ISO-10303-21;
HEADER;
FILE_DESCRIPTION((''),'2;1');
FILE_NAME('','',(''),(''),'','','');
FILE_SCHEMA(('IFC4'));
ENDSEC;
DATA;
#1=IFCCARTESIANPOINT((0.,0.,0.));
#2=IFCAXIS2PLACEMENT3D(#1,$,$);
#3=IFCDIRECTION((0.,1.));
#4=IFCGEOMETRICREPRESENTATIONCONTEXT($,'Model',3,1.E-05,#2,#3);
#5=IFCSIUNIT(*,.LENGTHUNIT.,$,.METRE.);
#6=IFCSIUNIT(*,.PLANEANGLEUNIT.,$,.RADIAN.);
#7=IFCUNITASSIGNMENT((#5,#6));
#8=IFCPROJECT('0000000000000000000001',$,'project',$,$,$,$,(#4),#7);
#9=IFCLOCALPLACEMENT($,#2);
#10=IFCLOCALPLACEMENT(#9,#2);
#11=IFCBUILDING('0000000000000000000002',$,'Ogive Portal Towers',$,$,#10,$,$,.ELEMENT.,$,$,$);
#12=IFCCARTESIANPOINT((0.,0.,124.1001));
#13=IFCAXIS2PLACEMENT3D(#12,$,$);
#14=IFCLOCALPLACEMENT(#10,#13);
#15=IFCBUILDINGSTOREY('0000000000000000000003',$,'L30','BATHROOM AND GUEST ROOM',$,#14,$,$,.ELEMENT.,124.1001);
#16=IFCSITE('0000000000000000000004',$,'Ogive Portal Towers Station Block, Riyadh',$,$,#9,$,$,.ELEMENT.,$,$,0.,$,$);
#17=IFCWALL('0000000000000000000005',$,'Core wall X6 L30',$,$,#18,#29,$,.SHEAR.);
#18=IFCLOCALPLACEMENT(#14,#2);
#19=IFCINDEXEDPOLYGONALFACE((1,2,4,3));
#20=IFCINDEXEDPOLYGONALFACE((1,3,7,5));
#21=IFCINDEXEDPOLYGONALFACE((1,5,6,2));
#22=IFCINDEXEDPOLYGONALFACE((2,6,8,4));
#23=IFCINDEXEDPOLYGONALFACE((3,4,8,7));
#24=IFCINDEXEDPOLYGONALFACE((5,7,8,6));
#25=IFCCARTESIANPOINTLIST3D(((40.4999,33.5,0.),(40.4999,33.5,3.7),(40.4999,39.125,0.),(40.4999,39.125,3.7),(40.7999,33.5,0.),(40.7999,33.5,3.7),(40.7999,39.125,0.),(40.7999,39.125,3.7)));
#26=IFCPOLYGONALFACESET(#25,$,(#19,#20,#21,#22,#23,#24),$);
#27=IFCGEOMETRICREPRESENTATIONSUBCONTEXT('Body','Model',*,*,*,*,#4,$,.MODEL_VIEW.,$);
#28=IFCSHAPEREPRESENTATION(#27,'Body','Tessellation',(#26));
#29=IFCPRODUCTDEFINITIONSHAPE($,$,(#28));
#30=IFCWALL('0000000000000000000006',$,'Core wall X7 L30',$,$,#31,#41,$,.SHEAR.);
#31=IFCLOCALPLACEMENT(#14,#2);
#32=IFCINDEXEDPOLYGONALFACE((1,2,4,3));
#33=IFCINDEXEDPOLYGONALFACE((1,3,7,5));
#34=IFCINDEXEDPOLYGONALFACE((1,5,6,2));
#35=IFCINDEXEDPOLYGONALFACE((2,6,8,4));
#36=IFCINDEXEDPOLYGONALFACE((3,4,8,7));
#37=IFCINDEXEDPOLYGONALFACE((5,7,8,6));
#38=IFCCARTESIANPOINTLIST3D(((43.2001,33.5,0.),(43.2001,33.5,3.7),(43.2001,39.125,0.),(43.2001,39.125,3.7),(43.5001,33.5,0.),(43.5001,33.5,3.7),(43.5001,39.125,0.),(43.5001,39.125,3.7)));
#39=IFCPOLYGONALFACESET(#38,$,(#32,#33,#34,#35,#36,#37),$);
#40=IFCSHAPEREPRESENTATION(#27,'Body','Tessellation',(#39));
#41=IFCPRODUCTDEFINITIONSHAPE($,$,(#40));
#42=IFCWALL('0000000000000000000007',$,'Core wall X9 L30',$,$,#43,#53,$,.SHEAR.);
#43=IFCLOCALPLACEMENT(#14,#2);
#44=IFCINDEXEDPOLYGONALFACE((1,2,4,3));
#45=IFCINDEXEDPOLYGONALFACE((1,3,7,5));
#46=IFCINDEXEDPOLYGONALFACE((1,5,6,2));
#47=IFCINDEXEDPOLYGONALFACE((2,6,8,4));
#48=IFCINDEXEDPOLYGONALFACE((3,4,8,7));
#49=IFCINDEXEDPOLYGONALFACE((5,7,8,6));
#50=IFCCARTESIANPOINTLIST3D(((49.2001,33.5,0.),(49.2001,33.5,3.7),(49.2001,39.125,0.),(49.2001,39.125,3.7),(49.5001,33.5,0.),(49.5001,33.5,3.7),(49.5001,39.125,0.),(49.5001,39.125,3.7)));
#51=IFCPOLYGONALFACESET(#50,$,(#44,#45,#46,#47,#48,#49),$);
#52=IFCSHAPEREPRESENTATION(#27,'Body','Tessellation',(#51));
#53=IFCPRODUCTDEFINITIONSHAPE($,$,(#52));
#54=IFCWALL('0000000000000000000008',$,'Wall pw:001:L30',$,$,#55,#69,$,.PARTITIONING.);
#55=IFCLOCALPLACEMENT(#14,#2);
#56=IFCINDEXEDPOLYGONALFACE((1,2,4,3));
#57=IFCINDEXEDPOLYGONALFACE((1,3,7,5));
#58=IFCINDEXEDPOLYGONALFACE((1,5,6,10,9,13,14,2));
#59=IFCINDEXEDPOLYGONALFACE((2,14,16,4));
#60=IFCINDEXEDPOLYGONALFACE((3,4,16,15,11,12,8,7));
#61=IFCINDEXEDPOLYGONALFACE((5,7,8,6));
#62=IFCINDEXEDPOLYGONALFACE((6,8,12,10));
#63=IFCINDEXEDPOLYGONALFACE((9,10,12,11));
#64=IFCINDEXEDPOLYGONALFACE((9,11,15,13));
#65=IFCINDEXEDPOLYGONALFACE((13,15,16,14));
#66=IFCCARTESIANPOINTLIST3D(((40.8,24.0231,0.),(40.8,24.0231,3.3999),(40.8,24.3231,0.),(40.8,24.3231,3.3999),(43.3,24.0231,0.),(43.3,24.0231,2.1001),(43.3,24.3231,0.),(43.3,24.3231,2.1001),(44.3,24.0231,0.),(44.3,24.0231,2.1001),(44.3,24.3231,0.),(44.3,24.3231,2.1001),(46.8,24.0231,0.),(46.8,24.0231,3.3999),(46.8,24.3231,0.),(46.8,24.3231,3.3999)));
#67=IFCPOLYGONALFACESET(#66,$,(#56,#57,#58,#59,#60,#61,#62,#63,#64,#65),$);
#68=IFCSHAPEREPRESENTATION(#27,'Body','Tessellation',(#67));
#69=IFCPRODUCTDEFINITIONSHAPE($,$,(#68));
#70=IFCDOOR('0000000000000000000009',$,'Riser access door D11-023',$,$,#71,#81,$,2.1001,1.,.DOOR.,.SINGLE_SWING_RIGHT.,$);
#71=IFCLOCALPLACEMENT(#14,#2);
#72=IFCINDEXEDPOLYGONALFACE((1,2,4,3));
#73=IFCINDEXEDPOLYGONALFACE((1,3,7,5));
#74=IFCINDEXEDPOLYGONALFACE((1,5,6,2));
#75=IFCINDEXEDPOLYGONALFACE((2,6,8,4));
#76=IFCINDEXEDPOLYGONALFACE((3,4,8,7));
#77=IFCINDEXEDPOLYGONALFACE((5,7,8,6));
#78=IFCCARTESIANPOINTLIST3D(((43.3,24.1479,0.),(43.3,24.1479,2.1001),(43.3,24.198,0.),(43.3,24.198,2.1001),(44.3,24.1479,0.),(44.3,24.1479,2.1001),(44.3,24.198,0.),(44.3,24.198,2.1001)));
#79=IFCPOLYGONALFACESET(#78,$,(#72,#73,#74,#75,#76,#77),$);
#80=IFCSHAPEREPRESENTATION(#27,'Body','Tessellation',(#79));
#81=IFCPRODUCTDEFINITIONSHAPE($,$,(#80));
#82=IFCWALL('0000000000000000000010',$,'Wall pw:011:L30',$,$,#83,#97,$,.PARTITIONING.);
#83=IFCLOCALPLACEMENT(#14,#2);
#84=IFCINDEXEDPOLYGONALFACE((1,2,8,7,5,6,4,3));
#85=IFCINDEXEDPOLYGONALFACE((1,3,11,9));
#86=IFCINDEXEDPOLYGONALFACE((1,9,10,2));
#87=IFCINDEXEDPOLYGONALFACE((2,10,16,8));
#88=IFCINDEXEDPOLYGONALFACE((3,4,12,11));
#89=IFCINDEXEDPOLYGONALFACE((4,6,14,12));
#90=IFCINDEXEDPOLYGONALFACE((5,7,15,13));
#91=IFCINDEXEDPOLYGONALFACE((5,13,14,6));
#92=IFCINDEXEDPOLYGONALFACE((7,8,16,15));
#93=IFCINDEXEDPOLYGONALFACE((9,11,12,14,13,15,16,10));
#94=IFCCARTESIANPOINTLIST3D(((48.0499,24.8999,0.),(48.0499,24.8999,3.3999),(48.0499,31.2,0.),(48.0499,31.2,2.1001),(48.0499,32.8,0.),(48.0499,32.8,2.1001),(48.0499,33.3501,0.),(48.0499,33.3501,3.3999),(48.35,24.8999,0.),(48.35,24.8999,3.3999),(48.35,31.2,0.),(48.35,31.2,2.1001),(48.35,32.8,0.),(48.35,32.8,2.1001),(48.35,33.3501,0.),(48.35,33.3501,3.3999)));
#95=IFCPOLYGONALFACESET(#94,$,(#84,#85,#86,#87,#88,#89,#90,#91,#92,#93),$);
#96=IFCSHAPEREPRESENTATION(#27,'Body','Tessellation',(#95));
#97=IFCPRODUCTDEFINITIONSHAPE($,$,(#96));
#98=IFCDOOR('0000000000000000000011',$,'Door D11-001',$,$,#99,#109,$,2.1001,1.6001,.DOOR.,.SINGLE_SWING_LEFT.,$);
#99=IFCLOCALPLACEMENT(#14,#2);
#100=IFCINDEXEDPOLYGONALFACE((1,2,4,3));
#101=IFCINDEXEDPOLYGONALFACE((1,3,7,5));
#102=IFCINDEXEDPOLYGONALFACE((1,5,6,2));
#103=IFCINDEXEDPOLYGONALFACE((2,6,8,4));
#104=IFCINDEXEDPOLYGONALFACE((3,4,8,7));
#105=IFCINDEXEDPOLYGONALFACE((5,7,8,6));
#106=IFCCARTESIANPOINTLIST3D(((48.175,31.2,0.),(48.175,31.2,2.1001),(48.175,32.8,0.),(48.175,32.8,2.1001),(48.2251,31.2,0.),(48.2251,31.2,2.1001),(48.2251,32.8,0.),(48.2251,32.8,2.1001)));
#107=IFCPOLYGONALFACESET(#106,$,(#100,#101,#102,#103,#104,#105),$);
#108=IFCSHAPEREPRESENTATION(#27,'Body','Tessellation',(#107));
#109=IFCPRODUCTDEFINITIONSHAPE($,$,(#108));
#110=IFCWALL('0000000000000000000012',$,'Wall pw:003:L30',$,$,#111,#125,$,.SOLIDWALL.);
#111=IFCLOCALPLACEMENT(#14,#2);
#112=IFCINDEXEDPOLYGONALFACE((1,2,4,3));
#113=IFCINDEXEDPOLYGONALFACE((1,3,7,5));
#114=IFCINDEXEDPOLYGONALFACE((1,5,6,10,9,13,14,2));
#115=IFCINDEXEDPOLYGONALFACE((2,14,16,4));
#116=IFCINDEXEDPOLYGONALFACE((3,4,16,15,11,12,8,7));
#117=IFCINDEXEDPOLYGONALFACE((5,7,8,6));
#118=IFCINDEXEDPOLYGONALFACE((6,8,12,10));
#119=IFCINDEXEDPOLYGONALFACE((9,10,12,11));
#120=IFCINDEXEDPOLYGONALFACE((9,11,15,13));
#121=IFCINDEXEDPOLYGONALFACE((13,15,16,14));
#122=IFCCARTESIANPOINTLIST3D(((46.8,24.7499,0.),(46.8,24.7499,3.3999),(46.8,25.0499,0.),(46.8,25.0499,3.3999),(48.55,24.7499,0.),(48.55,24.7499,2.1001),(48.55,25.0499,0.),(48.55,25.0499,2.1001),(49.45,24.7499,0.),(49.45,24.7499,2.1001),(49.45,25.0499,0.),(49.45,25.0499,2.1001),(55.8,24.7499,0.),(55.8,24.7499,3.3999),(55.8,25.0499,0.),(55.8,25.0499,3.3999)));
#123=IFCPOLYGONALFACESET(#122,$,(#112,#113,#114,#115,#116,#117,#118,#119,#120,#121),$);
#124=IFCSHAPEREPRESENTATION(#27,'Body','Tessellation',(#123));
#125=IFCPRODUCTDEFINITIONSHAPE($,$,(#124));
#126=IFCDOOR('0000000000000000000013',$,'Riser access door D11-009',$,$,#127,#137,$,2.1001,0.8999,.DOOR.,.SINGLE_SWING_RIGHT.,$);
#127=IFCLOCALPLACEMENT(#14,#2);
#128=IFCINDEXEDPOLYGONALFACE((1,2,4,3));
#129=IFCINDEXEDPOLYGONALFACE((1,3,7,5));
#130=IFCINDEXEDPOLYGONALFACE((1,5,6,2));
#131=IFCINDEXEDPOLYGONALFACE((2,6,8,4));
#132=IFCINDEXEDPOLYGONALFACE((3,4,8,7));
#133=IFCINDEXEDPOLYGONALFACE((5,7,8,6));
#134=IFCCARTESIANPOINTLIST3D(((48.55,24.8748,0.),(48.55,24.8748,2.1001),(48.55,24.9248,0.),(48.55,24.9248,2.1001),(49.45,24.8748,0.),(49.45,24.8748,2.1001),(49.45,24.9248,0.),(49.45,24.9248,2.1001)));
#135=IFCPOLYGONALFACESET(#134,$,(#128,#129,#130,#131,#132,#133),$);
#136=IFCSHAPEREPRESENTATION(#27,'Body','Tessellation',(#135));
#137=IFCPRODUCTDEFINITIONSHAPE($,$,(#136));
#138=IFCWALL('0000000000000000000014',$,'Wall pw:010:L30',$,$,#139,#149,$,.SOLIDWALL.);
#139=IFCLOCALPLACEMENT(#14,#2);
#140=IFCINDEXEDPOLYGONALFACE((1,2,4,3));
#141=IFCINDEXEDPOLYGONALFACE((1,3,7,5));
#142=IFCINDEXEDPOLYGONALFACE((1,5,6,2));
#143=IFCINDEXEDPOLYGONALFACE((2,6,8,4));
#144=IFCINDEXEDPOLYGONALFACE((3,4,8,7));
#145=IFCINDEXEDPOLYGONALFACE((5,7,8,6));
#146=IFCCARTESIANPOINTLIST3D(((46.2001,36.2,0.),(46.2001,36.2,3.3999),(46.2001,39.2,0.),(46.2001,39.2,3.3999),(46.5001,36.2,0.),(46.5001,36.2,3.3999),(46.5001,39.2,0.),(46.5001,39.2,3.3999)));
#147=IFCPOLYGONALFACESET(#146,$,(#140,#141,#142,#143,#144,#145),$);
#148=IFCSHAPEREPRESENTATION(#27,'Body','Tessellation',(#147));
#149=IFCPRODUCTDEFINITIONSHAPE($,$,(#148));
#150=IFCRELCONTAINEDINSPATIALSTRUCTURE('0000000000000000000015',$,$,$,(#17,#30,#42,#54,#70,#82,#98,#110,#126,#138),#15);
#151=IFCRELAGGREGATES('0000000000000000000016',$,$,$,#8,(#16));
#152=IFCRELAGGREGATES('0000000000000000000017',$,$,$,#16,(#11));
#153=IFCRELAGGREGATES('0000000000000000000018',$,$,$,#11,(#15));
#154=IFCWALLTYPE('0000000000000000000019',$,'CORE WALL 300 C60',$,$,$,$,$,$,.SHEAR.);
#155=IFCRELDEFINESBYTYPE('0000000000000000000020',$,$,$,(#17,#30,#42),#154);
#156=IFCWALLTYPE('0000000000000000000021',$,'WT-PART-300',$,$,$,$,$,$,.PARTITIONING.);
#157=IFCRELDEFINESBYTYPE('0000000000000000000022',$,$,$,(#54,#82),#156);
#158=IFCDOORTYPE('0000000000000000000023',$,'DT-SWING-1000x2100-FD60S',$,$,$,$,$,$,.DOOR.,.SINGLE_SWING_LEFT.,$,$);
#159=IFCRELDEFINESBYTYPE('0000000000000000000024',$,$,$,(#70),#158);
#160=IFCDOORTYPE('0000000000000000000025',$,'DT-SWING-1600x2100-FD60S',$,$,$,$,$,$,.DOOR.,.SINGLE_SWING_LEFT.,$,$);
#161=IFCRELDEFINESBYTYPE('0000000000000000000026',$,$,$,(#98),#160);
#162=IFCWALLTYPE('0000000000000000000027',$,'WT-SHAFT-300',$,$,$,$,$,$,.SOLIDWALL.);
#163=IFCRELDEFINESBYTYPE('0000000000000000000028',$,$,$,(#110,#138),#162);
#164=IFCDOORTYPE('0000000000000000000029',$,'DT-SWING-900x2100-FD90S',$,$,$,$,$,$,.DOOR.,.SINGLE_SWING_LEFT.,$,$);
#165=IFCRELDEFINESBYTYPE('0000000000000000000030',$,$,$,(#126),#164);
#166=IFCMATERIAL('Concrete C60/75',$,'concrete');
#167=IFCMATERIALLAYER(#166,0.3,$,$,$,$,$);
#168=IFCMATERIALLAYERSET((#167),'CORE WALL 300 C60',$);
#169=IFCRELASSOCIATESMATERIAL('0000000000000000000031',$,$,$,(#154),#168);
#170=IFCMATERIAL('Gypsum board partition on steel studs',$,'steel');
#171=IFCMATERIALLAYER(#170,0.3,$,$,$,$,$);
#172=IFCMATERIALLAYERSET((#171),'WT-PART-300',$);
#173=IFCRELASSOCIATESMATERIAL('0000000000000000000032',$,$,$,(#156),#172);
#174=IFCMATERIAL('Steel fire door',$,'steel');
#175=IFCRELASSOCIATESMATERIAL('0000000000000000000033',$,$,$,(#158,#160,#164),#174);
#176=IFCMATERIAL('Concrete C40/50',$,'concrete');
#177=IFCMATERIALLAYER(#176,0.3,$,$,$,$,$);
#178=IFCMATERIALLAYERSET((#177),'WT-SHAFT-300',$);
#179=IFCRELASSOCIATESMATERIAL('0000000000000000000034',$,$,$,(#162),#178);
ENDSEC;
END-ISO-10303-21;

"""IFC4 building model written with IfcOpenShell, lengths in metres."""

from ifc_helpers import new_model, si_unit, direction, frame, frame_2d, origin, place, context, subcontext, project, spatial, rectangle, extrude, material, layer, layer_set, type_object, element, fill, save


model = new_model("IFC4")

# Units and contexts
model_context = context("Model", 3, precision=1e-05, world=origin(), true_north=direction((0.0, 1.0)))
body_context = subcontext(model_context, "Body", "Model", "MODEL_VIEW")
ifc_project = project(units=[si_unit("LENGTHUNIT", "METRE"), si_unit("PLANEANGLEUNIT", "RADIAN")], contexts=[model_context])

# Site, building, storey
site_placement = place(None, origin())
site = spatial("IfcSite", under=ifc_project, at=site_placement, Name="Ogive Portal Towers Station Block, Riyadh", CompositionType="ELEMENT", RefElevation=0.0)
building_placement = place(site_placement, origin())
building = spatial("IfcBuilding", under=site, at=building_placement, Name="Ogive Portal Towers", CompositionType="ELEMENT")
storey_placement = place(building_placement, frame((0.0, 0.0, 124.1001)))
storey = spatial("IfcBuildingStorey", under=building, at=storey_placement, Name="L30", Description="BATHROOM AND GUEST ROOM", CompositionType="ELEMENT", Elevation=124.1001)

# Shared definitions
ifc_material_1 = material(Name="Concrete C60/75", Category="concrete")
ifc_layer_1 = layer(ifc_material_1, 0.3)
ifc_layer_set_1 = layer_set([ifc_layer_1], Name="CORE WALL 300 C60")
wall_type_1 = type_object("IfcWallType", Name="CORE WALL 300 C60", PredefinedType="SHEAR", material=ifc_layer_set_1)
ifc_material_2 = material(Name="Steel fire door", Category="steel")

# Walls
for number, where, z_axis, x_axis, name in (
    (1, (40.6499, 33.5, 0.0), (0.0, 0.0, 1.0), (0.0, 1.0, 0.0), "Core wall X6 L30"),
    (2, (43.3501, 33.5, 0.0), (0.0, 0.0, 1.0), (0.0, 1.0, 0.0), "Core wall X7 L30"),
):
    element("IfcWall", number, at=place(storey_placement, frame(where, z_axis=z_axis, x_axis=x_axis)), inside=storey, type_object=wall_type_1, Name=name, PredefinedType="SHEAR", context=body_context, shape_type="SweptSolid", body=[
        extrude(rectangle(XDim=5.625, YDim=0.3, at=frame_2d((2.8125, 0.0))), origin(), (0.0, 0.0, 1.0), 3.7),
    ])

# Wall
wall_1_placement = place(storey_placement, frame((49.3501, 33.5, 0.0), z_axis=(0.0, 0.0, 1.0), x_axis=(0.0, 1.0, 0.0)))
element("IfcWall", 3, at=wall_1_placement, inside=storey, type_object=wall_type_1, Name="Core wall X9 L30", PredefinedType="SHEAR", context=body_context, shape_type="SweptSolid", body=[
    extrude(rectangle(XDim=5.625, YDim=0.3, at=frame_2d((2.8125, 0.0))), origin(), (0.0, 0.0, 1.0), 3.7),
])

# Walls, openings, doors
ifc_material_3 = material(Name="Gypsum board partition on steel studs", Category="steel")
ifc_layer_2 = layer(ifc_material_3, 0.3)
ifc_layer_set_2 = layer_set([ifc_layer_2], Name="WT-PART-300")
wall_type_2 = type_object("IfcWallType", Name="WT-PART-300", PredefinedType="PARTITIONING", material=ifc_layer_set_2)
wall_2_placement = place(storey_placement, frame((40.8, 24.1731, 0.0), z_axis=(0.0, 0.0, 1.0), x_axis=(1.0, 0.0, 0.0)))
wall_2 = element("IfcWall", 4, at=wall_2_placement, inside=storey, type_object=wall_type_2, Name="Wall pw:001:L30", PredefinedType="PARTITIONING", context=body_context, shape_type="SweptSolid", body=[
    extrude(rectangle(XDim=6.0, YDim=0.3, at=frame_2d((3.0, 0.0))), origin(), (0.0, 0.0, 1.0), 3.3999),
])
opening_1_placement = place(wall_2_placement, frame((2.5, 0.0, 0.0)))
opening_1 = element("IfcOpeningElement", 5, at=opening_1_placement, cuts=wall_2, PredefinedType="OPENING", context=body_context, shape_type="SweptSolid", body=[
    extrude(rectangle(XDim=1.0, YDim=2.1001, at=frame_2d((0.5, 1.05))), frame((0.0, 0.1602, 0.0), z_axis=(0.0, -1.0, 0.0), x_axis=(1.0, 0.0, 0.0)), (0.0, 0.0, 1.0), 0.3201),
])
door_type_1 = type_object("IfcDoorType", Name="DT-SWING-1000x2100-FD60S", OperationType="SINGLE_SWING_LEFT", PredefinedType="DOOR", material=ifc_material_2)
door_1_placement = place(opening_1_placement, origin())
door_1 = element("IfcDoor", 6, at=door_1_placement, inside=storey, type_object=door_type_1, Name="Riser access door D11-023", OperationType="SINGLE_SWING_RIGHT", OverallHeight=2.1001, OverallWidth=1.0, PredefinedType="DOOR", context=body_context, shape_type="SweptSolid", body=[
    extrude(rectangle(XDim=1.0, YDim=2.1001, at=frame_2d((0.5, 1.05))), frame((0.0, 0.0249, 0.0), z_axis=(0.0, -1.0, 0.0), x_axis=(1.0, 0.0, 0.0)), (0.0, 0.0, 1.0), 0.05),
])
fill(opening_1, door_1)
wall_3_placement = place(storey_placement, frame((48.2, 24.8999, 0.0), z_axis=(0.0, 0.0, 1.0), x_axis=(0.0, 1.0, 0.0)))
wall_3 = element("IfcWall", 7, at=wall_3_placement, inside=storey, type_object=wall_type_2, Name="Wall pw:011:L30", PredefinedType="PARTITIONING", context=body_context, shape_type="SweptSolid", body=[
    extrude(rectangle(XDim=8.4502, YDim=0.3, at=frame_2d((4.2251, 0.0))), origin(), (0.0, 0.0, 1.0), 3.3999),
])
opening_2_placement = place(wall_3_placement, frame((6.3, 0.0, 0.0)))
opening_2 = element("IfcOpeningElement", 8, at=opening_2_placement, cuts=wall_3, PredefinedType="OPENING", context=body_context, shape_type="SweptSolid", body=[
    extrude(rectangle(XDim=1.6001, YDim=2.1001, at=frame_2d((0.8, 1.05))), frame((0.0, 0.1602, 0.0), z_axis=(0.0, -1.0, 0.0), x_axis=(1.0, 0.0, 0.0)), (0.0, 0.0, 1.0), 0.3201),
])
door_type_2 = type_object("IfcDoorType", Name="DT-SWING-1600x2100-FD60S", OperationType="SINGLE_SWING_LEFT", PredefinedType="DOOR", material=ifc_material_2)
door_2_placement = place(opening_2_placement, origin())
door_2 = element("IfcDoor", 9, at=door_2_placement, inside=storey, type_object=door_type_2, Name="Door D11-001", OperationType="SINGLE_SWING_LEFT", OverallHeight=2.1001, OverallWidth=1.6001, PredefinedType="DOOR", context=body_context, shape_type="SweptSolid", body=[
    extrude(rectangle(XDim=1.6001, YDim=2.1001, at=frame_2d((0.8, 1.05))), frame((0.0, 0.0249, 0.0), z_axis=(0.0, -1.0, 0.0), x_axis=(1.0, 0.0, 0.0)), (0.0, 0.0, 1.0), 0.05),
])
fill(opening_2, door_2)
ifc_material_4 = material(Name="Concrete C40/50", Category="concrete")
ifc_layer_3 = layer(ifc_material_4, 0.3)
ifc_layer_set_3 = layer_set([ifc_layer_3], Name="WT-SHAFT-300")
wall_type_3 = type_object("IfcWallType", Name="WT-SHAFT-300", PredefinedType="SOLIDWALL", material=ifc_layer_set_3)
wall_4_placement = place(storey_placement, frame((46.8, 24.8999, 0.0), z_axis=(0.0, 0.0, 1.0), x_axis=(1.0, 0.0, 0.0)))
wall_4 = element("IfcWall", 10, at=wall_4_placement, inside=storey, type_object=wall_type_3, Name="Wall pw:003:L30", PredefinedType="SOLIDWALL", context=body_context, shape_type="SweptSolid", body=[
    extrude(rectangle(XDim=9.0, YDim=0.3, at=frame_2d((4.5, 0.0))), origin(), (0.0, 0.0, 1.0), 3.3999),
])
opening_3_placement = place(wall_4_placement, frame((1.75, 0.0, 0.0)))
opening_3 = element("IfcOpeningElement", 11, at=opening_3_placement, cuts=wall_4, PredefinedType="OPENING", context=body_context, shape_type="SweptSolid", body=[
    extrude(rectangle(XDim=0.8999, YDim=2.1001, at=frame_2d((0.45, 1.05))), frame((0.0, 0.1602, 0.0), z_axis=(0.0, -1.0, 0.0), x_axis=(1.0, 0.0, 0.0)), (0.0, 0.0, 1.0), 0.3201),
])
door_type_3 = type_object("IfcDoorType", Name="DT-SWING-900x2100-FD90S", OperationType="SINGLE_SWING_LEFT", PredefinedType="DOOR", material=ifc_material_2)
door_3_placement = place(opening_3_placement, origin())
door_3 = element("IfcDoor", 12, at=door_3_placement, inside=storey, type_object=door_type_3, Name="Riser access door D11-009", OperationType="SINGLE_SWING_RIGHT", OverallHeight=2.1001, OverallWidth=0.8999, PredefinedType="DOOR", context=body_context, shape_type="SweptSolid", body=[
    extrude(rectangle(XDim=0.8999, YDim=2.1001, at=frame_2d((0.45, 1.05))), frame((0.0, 0.0249, 0.0), z_axis=(0.0, -1.0, 0.0), x_axis=(1.0, 0.0, 0.0)), (0.0, 0.0, 1.0), 0.05),
])
fill(opening_3, door_3)

# Wall
wall_5_placement = place(storey_placement, frame((46.3501, 36.2, 0.0), z_axis=(0.0, 0.0, 1.0), x_axis=(0.0, 1.0, 0.0)))
element("IfcWall", 13, at=wall_5_placement, inside=storey, type_object=wall_type_3, Name="Wall pw:010:L30", PredefinedType="SOLIDWALL", context=body_context, shape_type="SweptSolid", body=[
    extrude(rectangle(XDim=3.0, YDim=0.3, at=frame_2d((1.5, 0.0))), origin(), (0.0, 0.0, 1.0), 3.3999),
])

save(model, "model.ifc")
